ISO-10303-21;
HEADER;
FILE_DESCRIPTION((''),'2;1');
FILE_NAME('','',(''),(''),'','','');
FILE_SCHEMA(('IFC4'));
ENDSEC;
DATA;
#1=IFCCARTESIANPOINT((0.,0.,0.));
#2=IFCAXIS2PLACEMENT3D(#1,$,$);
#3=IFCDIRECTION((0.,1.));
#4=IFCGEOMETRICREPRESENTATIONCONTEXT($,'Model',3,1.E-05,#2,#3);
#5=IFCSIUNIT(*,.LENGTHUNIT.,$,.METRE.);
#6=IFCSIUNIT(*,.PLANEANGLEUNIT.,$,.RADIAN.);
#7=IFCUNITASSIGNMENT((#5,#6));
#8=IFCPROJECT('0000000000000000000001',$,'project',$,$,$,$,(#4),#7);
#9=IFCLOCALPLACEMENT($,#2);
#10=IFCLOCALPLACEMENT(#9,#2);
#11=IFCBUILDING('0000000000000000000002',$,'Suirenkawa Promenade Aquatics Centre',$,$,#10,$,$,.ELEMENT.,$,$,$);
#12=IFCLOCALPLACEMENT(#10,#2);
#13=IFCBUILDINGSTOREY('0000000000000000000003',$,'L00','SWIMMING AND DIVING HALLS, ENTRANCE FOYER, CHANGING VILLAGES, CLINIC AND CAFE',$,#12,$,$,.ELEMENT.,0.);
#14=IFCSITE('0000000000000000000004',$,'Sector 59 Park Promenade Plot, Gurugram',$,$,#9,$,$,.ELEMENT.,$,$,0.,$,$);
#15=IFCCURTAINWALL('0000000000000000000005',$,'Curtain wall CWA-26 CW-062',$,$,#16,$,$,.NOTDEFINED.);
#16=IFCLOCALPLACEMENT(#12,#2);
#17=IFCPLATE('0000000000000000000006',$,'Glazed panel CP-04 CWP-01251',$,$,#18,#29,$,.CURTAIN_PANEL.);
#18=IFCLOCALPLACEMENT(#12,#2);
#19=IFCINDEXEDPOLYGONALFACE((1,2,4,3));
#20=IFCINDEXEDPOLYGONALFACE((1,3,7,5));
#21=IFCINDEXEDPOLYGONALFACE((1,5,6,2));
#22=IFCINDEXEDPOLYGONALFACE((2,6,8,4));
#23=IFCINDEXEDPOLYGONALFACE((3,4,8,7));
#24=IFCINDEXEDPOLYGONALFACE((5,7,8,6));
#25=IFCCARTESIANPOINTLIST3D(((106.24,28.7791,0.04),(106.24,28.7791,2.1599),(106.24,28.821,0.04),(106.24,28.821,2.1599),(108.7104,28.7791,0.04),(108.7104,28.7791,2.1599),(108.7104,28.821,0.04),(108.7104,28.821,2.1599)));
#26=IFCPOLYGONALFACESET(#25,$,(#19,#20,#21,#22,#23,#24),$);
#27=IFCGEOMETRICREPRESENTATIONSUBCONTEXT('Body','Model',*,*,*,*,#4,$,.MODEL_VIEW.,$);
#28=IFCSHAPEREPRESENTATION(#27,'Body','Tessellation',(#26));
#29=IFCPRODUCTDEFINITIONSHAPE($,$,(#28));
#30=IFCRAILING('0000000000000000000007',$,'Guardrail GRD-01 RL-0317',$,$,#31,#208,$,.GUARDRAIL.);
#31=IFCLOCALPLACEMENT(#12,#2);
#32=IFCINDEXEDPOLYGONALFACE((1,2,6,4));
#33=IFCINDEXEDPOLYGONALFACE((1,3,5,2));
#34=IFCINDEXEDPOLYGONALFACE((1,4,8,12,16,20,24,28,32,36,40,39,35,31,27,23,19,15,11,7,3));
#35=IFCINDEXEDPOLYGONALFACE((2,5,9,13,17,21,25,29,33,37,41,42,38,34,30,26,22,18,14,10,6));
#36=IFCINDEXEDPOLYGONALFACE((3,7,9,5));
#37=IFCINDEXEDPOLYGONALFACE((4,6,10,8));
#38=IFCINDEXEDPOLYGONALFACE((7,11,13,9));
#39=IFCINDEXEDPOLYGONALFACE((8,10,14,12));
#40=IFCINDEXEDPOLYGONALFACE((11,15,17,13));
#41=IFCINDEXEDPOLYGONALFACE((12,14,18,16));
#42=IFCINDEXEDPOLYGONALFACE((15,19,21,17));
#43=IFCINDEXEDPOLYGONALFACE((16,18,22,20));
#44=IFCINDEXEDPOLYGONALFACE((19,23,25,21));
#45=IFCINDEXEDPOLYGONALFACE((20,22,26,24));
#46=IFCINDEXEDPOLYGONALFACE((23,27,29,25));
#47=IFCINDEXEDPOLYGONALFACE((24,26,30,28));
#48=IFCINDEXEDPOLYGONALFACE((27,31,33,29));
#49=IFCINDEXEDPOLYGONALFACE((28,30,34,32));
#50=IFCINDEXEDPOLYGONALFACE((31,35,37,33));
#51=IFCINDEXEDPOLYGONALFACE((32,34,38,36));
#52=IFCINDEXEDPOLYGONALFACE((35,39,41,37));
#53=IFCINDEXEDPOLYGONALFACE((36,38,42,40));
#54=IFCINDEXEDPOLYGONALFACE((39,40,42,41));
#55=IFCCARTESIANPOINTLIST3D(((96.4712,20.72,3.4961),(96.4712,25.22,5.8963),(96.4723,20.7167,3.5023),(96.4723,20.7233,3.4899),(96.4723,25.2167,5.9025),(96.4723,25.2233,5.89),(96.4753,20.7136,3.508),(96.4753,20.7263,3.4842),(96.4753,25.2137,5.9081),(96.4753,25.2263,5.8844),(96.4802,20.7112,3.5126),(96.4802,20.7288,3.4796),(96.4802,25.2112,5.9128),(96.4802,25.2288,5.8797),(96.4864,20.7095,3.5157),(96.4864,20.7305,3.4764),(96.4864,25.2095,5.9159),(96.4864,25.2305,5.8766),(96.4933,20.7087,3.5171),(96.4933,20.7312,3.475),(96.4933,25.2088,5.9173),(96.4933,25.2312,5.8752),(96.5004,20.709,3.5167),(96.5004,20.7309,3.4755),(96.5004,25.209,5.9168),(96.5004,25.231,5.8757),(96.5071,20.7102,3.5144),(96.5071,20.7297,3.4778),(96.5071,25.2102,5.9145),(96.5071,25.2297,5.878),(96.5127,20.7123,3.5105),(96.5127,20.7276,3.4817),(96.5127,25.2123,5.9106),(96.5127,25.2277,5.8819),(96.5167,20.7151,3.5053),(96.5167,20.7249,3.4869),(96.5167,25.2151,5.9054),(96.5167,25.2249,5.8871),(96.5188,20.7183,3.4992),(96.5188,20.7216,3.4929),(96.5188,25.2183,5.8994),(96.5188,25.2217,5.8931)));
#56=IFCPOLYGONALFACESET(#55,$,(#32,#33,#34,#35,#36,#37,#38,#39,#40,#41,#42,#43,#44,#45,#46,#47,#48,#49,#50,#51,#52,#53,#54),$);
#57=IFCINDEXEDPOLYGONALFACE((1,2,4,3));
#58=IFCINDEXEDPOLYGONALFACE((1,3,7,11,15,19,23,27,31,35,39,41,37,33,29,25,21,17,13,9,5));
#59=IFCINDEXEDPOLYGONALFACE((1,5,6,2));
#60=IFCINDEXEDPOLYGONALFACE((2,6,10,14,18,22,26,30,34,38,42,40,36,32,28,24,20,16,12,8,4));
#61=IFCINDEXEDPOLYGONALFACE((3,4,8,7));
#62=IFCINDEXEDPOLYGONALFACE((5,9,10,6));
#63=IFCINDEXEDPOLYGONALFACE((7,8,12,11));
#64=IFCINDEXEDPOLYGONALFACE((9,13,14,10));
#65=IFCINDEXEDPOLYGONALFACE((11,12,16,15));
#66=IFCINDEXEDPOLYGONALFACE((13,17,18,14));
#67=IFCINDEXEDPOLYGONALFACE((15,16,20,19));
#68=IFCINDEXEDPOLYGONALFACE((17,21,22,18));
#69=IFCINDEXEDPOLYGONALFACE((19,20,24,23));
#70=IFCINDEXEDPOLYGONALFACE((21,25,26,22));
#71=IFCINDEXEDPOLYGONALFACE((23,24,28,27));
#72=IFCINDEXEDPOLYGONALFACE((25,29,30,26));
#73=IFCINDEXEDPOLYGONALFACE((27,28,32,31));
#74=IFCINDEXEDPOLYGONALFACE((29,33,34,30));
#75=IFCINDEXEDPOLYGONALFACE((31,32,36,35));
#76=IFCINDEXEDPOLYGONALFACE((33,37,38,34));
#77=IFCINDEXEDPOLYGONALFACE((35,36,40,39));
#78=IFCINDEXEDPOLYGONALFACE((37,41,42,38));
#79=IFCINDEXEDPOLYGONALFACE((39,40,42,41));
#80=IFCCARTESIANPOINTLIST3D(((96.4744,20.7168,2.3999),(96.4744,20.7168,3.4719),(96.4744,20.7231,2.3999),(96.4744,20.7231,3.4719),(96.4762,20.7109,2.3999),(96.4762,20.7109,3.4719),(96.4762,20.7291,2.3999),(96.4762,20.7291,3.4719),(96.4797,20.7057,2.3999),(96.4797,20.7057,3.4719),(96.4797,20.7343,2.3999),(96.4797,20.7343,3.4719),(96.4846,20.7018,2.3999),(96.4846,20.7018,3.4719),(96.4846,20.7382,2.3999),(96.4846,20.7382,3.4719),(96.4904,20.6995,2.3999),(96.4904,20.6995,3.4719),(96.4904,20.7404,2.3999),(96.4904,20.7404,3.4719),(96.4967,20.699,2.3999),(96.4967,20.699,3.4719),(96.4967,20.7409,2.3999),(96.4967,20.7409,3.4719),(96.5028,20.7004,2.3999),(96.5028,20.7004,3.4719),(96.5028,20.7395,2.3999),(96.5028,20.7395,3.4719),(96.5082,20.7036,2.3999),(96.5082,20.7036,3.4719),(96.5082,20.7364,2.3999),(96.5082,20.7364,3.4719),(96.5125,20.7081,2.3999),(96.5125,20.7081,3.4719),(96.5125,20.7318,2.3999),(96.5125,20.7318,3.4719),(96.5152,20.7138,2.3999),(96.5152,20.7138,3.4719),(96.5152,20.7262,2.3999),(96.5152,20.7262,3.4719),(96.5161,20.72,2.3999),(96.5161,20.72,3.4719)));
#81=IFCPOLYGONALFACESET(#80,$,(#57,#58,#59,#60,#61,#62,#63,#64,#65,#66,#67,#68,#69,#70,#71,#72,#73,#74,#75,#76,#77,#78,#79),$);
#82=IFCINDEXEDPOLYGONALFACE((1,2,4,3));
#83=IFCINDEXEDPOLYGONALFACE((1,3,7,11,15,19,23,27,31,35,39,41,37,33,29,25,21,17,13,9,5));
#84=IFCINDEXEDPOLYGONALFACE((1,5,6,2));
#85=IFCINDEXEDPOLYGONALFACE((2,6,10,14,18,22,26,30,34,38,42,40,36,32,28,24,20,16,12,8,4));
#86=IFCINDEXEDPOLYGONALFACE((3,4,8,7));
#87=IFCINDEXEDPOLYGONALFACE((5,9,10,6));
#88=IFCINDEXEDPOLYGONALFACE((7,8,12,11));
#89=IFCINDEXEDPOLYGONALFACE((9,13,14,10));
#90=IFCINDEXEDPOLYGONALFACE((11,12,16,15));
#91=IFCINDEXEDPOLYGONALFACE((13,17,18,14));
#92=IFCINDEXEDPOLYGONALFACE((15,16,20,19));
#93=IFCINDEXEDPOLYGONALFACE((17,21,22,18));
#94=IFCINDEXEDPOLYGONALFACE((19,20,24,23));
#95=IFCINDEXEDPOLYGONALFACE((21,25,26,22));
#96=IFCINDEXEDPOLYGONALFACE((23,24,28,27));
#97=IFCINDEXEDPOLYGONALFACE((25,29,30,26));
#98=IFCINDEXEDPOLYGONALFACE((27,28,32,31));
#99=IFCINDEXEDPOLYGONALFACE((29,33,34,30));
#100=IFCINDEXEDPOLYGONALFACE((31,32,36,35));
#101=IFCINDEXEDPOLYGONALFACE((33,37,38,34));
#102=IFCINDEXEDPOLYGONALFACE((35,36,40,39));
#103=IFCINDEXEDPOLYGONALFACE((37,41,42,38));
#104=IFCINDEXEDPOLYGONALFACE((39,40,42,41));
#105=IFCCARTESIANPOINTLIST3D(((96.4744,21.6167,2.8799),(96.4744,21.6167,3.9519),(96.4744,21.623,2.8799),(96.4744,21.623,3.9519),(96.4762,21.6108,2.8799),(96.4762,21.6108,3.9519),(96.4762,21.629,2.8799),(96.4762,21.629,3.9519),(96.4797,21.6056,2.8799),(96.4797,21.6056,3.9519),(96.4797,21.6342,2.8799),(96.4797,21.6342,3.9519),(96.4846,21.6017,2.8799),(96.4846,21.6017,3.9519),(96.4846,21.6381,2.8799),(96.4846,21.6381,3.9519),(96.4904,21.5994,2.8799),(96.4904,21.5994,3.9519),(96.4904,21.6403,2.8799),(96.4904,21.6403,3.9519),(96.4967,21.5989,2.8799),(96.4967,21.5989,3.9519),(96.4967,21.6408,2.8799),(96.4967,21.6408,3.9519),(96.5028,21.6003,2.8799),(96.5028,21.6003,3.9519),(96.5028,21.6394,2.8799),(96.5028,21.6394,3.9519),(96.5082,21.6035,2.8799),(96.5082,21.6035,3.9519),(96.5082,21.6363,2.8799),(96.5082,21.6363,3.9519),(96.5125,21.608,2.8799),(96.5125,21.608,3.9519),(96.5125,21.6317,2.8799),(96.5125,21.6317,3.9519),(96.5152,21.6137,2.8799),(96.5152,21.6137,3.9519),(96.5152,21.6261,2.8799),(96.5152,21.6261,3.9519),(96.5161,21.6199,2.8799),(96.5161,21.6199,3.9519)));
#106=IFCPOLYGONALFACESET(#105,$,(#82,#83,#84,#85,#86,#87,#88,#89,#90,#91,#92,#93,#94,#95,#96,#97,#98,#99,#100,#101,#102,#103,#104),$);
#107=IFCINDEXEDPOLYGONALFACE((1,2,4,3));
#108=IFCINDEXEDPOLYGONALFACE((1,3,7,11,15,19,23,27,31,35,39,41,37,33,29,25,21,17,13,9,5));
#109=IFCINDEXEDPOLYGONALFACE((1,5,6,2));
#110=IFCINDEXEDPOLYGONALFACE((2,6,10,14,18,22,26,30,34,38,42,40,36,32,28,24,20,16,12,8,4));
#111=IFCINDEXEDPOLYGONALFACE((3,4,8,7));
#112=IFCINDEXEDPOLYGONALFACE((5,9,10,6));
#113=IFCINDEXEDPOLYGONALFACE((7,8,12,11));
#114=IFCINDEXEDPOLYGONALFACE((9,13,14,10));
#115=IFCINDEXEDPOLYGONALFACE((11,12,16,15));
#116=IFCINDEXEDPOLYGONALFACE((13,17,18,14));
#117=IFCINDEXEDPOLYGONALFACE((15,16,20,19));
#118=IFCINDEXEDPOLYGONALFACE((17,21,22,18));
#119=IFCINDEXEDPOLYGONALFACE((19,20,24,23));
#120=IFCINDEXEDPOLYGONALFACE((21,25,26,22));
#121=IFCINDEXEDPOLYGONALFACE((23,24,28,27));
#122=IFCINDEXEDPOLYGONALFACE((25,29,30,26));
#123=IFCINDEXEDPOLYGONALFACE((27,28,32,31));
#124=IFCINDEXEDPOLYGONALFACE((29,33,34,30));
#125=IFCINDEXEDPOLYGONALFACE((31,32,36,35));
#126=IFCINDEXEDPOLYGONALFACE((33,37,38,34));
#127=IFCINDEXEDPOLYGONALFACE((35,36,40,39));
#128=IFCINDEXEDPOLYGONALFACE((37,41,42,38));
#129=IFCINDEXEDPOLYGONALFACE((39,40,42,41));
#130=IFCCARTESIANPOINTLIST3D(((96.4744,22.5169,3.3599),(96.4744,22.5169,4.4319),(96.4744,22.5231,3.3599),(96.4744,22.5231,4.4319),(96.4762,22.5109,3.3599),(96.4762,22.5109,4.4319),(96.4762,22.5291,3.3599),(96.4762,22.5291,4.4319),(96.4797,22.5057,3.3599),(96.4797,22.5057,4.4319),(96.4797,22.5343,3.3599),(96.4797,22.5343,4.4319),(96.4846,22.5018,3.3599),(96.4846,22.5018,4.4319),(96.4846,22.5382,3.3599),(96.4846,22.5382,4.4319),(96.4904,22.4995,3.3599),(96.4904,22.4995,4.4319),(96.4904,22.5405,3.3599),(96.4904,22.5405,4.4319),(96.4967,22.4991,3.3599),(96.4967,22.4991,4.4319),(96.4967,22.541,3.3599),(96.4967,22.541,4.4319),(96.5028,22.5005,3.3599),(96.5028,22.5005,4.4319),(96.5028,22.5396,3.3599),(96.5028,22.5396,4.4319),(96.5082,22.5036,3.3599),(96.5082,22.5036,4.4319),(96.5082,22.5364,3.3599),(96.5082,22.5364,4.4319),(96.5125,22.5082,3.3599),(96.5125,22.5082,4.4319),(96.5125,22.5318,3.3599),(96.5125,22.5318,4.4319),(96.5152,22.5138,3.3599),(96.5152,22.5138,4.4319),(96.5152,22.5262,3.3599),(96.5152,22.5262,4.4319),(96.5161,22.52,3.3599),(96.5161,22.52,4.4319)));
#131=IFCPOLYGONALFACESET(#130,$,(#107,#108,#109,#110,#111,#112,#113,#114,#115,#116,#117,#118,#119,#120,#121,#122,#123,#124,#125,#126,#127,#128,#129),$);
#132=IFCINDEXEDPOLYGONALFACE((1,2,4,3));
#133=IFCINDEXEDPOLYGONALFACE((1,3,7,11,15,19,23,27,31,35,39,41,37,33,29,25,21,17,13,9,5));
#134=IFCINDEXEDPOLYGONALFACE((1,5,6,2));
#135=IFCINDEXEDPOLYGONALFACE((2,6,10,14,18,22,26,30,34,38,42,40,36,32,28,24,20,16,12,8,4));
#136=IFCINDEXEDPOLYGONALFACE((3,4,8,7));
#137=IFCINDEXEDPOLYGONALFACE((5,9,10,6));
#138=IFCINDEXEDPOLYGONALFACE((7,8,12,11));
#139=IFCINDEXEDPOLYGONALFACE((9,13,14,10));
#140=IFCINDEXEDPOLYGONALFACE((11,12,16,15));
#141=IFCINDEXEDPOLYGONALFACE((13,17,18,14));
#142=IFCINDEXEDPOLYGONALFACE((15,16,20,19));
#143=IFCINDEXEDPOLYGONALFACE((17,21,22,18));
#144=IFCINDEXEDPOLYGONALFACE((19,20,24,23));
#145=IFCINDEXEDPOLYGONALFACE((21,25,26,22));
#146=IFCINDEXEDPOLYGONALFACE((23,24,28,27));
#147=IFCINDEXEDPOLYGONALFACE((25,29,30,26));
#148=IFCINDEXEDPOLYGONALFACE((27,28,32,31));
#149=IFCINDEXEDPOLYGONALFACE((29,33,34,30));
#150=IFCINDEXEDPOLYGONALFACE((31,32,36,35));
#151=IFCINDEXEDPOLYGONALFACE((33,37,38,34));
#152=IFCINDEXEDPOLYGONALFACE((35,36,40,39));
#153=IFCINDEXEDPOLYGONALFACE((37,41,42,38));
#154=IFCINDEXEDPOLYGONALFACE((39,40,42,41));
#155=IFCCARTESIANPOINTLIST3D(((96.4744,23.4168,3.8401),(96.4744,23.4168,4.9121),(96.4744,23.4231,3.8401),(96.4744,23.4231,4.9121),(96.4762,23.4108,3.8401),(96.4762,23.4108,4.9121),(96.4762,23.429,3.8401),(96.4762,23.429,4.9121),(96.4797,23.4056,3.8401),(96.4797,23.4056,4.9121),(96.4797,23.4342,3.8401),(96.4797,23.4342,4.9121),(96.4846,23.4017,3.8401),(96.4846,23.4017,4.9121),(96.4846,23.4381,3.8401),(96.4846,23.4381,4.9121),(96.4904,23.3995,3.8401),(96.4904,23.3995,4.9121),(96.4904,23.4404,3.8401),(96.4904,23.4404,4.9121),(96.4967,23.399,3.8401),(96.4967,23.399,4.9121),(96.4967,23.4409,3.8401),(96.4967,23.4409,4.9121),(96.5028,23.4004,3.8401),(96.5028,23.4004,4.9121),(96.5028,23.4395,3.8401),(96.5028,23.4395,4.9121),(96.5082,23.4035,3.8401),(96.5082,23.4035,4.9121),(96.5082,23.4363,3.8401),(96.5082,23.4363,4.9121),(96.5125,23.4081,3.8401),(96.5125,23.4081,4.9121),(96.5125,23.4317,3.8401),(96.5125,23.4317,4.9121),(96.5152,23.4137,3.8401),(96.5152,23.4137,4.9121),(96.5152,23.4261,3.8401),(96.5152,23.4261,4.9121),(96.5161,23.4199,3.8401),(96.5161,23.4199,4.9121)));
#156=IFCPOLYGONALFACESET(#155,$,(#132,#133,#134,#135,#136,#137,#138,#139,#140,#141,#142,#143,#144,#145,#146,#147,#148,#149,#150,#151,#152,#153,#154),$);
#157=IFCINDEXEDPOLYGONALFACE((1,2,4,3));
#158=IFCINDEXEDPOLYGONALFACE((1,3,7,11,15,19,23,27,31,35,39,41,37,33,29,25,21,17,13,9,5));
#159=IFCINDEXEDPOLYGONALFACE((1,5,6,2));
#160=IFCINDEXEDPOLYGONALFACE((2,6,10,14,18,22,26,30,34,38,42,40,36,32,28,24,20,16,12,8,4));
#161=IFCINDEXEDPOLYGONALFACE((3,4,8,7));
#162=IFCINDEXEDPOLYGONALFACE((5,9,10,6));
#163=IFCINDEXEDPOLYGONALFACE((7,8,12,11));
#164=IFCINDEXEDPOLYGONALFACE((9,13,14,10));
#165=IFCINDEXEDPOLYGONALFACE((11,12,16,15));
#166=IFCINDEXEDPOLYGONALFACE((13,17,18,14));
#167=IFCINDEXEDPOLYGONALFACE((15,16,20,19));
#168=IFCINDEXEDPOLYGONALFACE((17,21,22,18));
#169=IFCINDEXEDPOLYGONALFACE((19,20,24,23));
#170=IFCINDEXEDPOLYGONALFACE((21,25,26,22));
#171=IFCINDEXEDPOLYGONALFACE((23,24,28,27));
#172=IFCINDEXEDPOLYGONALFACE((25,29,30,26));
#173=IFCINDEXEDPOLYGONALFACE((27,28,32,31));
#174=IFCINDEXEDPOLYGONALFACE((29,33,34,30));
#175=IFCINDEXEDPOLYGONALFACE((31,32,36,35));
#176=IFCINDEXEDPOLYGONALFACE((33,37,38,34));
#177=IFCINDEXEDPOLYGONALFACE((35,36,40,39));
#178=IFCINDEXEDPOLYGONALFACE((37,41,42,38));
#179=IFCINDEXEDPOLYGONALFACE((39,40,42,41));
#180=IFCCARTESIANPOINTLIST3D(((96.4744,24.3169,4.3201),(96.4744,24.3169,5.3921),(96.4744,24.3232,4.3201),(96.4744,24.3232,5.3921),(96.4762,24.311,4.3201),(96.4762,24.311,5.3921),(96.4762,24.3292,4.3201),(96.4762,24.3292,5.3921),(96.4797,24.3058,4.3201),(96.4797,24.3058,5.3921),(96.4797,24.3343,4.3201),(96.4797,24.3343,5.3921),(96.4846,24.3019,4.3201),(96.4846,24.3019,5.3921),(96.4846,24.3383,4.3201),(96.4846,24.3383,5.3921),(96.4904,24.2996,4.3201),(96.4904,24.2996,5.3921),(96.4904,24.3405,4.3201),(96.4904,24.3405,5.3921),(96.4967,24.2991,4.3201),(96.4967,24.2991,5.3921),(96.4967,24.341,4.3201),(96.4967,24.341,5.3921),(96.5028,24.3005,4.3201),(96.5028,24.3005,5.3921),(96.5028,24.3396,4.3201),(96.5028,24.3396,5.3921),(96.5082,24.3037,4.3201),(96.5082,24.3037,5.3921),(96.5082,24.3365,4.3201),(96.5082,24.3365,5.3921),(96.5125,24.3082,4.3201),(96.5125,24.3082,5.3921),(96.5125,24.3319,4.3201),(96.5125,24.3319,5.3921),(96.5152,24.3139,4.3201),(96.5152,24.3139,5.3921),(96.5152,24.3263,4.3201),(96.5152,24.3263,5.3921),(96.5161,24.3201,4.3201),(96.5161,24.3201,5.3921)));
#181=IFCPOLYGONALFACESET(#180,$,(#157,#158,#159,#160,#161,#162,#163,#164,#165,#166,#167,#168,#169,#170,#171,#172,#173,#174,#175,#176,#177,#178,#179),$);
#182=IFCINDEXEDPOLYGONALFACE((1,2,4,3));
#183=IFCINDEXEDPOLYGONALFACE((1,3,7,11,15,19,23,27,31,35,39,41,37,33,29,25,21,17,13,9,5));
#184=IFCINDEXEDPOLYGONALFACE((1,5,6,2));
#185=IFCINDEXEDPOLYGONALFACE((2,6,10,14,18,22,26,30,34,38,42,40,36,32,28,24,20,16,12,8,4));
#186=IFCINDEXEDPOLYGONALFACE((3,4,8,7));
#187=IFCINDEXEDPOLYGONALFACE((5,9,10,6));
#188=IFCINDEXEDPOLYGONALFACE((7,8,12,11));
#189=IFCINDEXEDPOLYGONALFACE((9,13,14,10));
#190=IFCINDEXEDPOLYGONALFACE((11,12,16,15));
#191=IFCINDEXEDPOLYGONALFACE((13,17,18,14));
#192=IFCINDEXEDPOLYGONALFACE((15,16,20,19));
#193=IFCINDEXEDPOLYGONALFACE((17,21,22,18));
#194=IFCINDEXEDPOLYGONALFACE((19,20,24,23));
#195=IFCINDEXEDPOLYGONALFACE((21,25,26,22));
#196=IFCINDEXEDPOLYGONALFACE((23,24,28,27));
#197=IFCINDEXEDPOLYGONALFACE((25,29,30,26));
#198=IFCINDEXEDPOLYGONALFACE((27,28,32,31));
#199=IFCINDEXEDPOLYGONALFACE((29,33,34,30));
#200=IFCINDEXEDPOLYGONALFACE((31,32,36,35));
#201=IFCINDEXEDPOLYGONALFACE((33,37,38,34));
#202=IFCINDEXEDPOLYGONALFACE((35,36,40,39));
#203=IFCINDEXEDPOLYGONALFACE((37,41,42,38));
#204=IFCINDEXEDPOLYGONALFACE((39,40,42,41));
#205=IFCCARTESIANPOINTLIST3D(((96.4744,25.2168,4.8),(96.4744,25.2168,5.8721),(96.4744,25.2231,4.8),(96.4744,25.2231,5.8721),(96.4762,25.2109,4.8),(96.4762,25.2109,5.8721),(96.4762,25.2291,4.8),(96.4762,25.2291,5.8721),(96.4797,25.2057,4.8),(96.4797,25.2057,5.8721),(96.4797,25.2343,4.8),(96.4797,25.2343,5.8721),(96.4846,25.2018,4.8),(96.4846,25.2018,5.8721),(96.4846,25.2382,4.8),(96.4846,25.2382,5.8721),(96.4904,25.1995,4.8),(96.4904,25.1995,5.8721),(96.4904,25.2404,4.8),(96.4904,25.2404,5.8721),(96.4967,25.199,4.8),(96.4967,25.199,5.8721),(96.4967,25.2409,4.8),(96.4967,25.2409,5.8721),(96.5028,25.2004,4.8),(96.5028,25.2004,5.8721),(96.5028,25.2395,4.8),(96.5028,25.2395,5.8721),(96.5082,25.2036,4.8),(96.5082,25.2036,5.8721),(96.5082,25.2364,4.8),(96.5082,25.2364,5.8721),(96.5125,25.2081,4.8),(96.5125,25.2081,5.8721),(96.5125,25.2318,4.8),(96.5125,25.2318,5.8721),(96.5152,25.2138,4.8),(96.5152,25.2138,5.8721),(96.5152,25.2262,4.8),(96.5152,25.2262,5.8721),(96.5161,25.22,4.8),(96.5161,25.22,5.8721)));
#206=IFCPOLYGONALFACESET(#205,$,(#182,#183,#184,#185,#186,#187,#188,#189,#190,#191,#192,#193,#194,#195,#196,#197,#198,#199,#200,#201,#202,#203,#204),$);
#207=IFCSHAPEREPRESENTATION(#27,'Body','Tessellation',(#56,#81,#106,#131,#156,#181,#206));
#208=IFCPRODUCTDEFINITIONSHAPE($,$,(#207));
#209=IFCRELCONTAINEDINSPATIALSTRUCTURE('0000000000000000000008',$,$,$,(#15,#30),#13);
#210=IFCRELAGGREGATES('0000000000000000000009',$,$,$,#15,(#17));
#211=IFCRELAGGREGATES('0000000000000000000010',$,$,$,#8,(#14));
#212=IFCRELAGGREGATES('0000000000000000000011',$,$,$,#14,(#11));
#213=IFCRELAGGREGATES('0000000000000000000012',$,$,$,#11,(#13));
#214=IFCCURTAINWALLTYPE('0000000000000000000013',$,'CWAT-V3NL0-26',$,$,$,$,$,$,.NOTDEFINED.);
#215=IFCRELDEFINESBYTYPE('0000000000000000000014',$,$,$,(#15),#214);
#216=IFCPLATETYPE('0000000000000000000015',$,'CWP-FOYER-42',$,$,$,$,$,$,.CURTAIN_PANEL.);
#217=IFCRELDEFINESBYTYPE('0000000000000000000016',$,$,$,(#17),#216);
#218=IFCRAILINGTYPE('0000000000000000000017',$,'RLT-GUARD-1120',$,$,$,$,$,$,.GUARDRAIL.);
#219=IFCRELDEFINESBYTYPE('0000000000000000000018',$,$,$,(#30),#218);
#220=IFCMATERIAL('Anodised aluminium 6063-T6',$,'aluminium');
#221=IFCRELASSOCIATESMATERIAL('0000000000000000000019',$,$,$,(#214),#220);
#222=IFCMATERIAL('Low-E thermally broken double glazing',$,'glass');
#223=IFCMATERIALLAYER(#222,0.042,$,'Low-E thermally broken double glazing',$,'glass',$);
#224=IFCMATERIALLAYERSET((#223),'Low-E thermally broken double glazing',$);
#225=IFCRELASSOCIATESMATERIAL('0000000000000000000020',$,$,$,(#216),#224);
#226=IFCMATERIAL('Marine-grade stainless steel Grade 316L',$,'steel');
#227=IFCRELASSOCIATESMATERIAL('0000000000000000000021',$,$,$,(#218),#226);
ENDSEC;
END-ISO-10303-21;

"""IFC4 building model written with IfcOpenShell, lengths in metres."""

from ifc_helpers import new_model, si_unit, direction, frame, origin, origin_2d, place, context, subcontext, project, spatial, polyline, circle, outline, extrude, material, layer, layer_set, type_object, element, aggregate, save


model = new_model("IFC4")

# Units and contexts
model_context = context("Model", 3, precision=1e-05, world=origin(), true_north=direction((0.0, 1.0)))
body_context = subcontext(model_context, "Body", "Model", "MODEL_VIEW")
ifc_project = project(units=[si_unit("LENGTHUNIT", "METRE"), si_unit("PLANEANGLEUNIT", "RADIAN")], contexts=[model_context])

# Site, building, storey
site_placement = place(None, origin())
site = spatial("IfcSite", under=ifc_project, at=site_placement, Name="Sector 59 Park Promenade Plot, Gurugram", CompositionType="ELEMENT", RefElevation=0.0)
building_placement = place(site_placement, origin())
building = spatial("IfcBuilding", under=site, at=building_placement, Name="Suirenkawa Promenade Aquatics Centre", CompositionType="ELEMENT")
storey_placement = place(building_placement, origin())
storey = spatial("IfcBuildingStorey", under=building, at=storey_placement, Name="L00", Description="SWIMMING AND DIVING HALLS, ENTRANCE FOYER, CHANGING VILLAGES, CLINIC AND CAFE", CompositionType="ELEMENT", Elevation=0.0)

# Curtain wall
ifc_material_1 = material(Name="Anodised aluminium 6063-T6", Category="aluminium")
curtain_wall_type = type_object("IfcCurtainWallType", Name="CWAT-V3NL0-26", PredefinedType="NOTDEFINED", material=ifc_material_1)
curtain_wall_1_placement = place(storey_placement, origin())
curtain_wall_1 = element("IfcCurtainWall", 1, at=curtain_wall_1_placement, inside=storey, type_object=curtain_wall_type, Name="Curtain wall CWA-26 CW-062", PredefinedType="NOTDEFINED")

# Plate
ifc_material_2 = material(Name="Low-E thermally broken double glazing", Category="glass")
ifc_layer = layer(ifc_material_2, 0.042, Name="Low-E thermally broken double glazing", Category="glass")
ifc_layer_set = layer_set([ifc_layer], Name="Low-E thermally broken double glazing")
plate_type = type_object("IfcPlateType", Name="CWP-FOYER-42", PredefinedType="CURTAIN_PANEL", material=ifc_layer_set)
plate_1_placement = place(storey_placement, frame((106.2, 28.8, 0.04), z_axis=(0.0, 0.0, 1.0), x_axis=(1.0, 0.0, 0.0)))
plate_1 = element("IfcPlate", 2, at=plate_1_placement, type_object=plate_type, Name="Glazed panel CP-04 CWP-01251", PredefinedType="CURTAIN_PANEL", context=body_context, shape_type="SweptSolid", body=[
    extrude(outline(polyline([(0.04, 0.0), (2.5105, 0.0), (2.5105, 2.1199), (0.04, 2.1199), (0.04, 0.0)])), frame((0.0, 0.021, 0.0), z_axis=(0.0, -1.0, 0.0), x_axis=(1.0, 0.0, 0.0)), (0.0, 0.0, 1.0), 0.042),
])
aggregate(curtain_wall_1, [plate_1])

# Railing
ifc_material_3 = material(Name="Marine-grade stainless steel Grade 316L", Category="steel")
railing_type_1 = type_object("IfcRailingType", Name="RLT-GUARD-1120", PredefinedType="GUARDRAIL", material=ifc_material_3)
railing_1_placement = place(storey_placement, frame((96.4951, 20.72, 2.3999)))
element("IfcRailing", 3, at=railing_1_placement, inside=storey, type_object=railing_type_1, Name="Guardrail GRD-01 RL-0317", PredefinedType="GUARDRAIL", context=body_context, shape_type="SweptSolid", body=[
    extrude(circle(Radius=0.0239, at=origin_2d()), frame((0.0, 0.0, 1.0962), z_axis=(0.0, 0.882341, 0.470611), x_axis=(-1.0, 0.0, 0.0)), (0.0, 0.0, 1.0), 5.1001),
    extrude(circle(Radius=0.021, at=origin_2d()), origin(), (0.0, 0.0, 1.0), 1.072),
    extrude(circle(Radius=0.021, at=origin_2d()), frame((0.0, 0.8999, 0.48)), (0.0, 0.0, 1.0), 1.072),
    extrude(circle(Radius=0.021, at=origin_2d()), frame((0.0, 1.8, 0.96)), (0.0, 0.0, 1.0), 1.072),
    extrude(circle(Radius=0.021, at=origin_2d()), frame((0.0, 2.7, 1.4402)), (0.0, 0.0, 1.0), 1.072),
    extrude(circle(Radius=0.021, at=origin_2d()), frame((0.0, 3.6001, 1.9202)), (0.0, 0.0, 1.0), 1.072),
    extrude(circle(Radius=0.021, at=origin_2d()), frame((0.0, 4.5, 2.4001)), (0.0, 0.0, 1.0), 1.072),
])

save(model, "model.ifc")
